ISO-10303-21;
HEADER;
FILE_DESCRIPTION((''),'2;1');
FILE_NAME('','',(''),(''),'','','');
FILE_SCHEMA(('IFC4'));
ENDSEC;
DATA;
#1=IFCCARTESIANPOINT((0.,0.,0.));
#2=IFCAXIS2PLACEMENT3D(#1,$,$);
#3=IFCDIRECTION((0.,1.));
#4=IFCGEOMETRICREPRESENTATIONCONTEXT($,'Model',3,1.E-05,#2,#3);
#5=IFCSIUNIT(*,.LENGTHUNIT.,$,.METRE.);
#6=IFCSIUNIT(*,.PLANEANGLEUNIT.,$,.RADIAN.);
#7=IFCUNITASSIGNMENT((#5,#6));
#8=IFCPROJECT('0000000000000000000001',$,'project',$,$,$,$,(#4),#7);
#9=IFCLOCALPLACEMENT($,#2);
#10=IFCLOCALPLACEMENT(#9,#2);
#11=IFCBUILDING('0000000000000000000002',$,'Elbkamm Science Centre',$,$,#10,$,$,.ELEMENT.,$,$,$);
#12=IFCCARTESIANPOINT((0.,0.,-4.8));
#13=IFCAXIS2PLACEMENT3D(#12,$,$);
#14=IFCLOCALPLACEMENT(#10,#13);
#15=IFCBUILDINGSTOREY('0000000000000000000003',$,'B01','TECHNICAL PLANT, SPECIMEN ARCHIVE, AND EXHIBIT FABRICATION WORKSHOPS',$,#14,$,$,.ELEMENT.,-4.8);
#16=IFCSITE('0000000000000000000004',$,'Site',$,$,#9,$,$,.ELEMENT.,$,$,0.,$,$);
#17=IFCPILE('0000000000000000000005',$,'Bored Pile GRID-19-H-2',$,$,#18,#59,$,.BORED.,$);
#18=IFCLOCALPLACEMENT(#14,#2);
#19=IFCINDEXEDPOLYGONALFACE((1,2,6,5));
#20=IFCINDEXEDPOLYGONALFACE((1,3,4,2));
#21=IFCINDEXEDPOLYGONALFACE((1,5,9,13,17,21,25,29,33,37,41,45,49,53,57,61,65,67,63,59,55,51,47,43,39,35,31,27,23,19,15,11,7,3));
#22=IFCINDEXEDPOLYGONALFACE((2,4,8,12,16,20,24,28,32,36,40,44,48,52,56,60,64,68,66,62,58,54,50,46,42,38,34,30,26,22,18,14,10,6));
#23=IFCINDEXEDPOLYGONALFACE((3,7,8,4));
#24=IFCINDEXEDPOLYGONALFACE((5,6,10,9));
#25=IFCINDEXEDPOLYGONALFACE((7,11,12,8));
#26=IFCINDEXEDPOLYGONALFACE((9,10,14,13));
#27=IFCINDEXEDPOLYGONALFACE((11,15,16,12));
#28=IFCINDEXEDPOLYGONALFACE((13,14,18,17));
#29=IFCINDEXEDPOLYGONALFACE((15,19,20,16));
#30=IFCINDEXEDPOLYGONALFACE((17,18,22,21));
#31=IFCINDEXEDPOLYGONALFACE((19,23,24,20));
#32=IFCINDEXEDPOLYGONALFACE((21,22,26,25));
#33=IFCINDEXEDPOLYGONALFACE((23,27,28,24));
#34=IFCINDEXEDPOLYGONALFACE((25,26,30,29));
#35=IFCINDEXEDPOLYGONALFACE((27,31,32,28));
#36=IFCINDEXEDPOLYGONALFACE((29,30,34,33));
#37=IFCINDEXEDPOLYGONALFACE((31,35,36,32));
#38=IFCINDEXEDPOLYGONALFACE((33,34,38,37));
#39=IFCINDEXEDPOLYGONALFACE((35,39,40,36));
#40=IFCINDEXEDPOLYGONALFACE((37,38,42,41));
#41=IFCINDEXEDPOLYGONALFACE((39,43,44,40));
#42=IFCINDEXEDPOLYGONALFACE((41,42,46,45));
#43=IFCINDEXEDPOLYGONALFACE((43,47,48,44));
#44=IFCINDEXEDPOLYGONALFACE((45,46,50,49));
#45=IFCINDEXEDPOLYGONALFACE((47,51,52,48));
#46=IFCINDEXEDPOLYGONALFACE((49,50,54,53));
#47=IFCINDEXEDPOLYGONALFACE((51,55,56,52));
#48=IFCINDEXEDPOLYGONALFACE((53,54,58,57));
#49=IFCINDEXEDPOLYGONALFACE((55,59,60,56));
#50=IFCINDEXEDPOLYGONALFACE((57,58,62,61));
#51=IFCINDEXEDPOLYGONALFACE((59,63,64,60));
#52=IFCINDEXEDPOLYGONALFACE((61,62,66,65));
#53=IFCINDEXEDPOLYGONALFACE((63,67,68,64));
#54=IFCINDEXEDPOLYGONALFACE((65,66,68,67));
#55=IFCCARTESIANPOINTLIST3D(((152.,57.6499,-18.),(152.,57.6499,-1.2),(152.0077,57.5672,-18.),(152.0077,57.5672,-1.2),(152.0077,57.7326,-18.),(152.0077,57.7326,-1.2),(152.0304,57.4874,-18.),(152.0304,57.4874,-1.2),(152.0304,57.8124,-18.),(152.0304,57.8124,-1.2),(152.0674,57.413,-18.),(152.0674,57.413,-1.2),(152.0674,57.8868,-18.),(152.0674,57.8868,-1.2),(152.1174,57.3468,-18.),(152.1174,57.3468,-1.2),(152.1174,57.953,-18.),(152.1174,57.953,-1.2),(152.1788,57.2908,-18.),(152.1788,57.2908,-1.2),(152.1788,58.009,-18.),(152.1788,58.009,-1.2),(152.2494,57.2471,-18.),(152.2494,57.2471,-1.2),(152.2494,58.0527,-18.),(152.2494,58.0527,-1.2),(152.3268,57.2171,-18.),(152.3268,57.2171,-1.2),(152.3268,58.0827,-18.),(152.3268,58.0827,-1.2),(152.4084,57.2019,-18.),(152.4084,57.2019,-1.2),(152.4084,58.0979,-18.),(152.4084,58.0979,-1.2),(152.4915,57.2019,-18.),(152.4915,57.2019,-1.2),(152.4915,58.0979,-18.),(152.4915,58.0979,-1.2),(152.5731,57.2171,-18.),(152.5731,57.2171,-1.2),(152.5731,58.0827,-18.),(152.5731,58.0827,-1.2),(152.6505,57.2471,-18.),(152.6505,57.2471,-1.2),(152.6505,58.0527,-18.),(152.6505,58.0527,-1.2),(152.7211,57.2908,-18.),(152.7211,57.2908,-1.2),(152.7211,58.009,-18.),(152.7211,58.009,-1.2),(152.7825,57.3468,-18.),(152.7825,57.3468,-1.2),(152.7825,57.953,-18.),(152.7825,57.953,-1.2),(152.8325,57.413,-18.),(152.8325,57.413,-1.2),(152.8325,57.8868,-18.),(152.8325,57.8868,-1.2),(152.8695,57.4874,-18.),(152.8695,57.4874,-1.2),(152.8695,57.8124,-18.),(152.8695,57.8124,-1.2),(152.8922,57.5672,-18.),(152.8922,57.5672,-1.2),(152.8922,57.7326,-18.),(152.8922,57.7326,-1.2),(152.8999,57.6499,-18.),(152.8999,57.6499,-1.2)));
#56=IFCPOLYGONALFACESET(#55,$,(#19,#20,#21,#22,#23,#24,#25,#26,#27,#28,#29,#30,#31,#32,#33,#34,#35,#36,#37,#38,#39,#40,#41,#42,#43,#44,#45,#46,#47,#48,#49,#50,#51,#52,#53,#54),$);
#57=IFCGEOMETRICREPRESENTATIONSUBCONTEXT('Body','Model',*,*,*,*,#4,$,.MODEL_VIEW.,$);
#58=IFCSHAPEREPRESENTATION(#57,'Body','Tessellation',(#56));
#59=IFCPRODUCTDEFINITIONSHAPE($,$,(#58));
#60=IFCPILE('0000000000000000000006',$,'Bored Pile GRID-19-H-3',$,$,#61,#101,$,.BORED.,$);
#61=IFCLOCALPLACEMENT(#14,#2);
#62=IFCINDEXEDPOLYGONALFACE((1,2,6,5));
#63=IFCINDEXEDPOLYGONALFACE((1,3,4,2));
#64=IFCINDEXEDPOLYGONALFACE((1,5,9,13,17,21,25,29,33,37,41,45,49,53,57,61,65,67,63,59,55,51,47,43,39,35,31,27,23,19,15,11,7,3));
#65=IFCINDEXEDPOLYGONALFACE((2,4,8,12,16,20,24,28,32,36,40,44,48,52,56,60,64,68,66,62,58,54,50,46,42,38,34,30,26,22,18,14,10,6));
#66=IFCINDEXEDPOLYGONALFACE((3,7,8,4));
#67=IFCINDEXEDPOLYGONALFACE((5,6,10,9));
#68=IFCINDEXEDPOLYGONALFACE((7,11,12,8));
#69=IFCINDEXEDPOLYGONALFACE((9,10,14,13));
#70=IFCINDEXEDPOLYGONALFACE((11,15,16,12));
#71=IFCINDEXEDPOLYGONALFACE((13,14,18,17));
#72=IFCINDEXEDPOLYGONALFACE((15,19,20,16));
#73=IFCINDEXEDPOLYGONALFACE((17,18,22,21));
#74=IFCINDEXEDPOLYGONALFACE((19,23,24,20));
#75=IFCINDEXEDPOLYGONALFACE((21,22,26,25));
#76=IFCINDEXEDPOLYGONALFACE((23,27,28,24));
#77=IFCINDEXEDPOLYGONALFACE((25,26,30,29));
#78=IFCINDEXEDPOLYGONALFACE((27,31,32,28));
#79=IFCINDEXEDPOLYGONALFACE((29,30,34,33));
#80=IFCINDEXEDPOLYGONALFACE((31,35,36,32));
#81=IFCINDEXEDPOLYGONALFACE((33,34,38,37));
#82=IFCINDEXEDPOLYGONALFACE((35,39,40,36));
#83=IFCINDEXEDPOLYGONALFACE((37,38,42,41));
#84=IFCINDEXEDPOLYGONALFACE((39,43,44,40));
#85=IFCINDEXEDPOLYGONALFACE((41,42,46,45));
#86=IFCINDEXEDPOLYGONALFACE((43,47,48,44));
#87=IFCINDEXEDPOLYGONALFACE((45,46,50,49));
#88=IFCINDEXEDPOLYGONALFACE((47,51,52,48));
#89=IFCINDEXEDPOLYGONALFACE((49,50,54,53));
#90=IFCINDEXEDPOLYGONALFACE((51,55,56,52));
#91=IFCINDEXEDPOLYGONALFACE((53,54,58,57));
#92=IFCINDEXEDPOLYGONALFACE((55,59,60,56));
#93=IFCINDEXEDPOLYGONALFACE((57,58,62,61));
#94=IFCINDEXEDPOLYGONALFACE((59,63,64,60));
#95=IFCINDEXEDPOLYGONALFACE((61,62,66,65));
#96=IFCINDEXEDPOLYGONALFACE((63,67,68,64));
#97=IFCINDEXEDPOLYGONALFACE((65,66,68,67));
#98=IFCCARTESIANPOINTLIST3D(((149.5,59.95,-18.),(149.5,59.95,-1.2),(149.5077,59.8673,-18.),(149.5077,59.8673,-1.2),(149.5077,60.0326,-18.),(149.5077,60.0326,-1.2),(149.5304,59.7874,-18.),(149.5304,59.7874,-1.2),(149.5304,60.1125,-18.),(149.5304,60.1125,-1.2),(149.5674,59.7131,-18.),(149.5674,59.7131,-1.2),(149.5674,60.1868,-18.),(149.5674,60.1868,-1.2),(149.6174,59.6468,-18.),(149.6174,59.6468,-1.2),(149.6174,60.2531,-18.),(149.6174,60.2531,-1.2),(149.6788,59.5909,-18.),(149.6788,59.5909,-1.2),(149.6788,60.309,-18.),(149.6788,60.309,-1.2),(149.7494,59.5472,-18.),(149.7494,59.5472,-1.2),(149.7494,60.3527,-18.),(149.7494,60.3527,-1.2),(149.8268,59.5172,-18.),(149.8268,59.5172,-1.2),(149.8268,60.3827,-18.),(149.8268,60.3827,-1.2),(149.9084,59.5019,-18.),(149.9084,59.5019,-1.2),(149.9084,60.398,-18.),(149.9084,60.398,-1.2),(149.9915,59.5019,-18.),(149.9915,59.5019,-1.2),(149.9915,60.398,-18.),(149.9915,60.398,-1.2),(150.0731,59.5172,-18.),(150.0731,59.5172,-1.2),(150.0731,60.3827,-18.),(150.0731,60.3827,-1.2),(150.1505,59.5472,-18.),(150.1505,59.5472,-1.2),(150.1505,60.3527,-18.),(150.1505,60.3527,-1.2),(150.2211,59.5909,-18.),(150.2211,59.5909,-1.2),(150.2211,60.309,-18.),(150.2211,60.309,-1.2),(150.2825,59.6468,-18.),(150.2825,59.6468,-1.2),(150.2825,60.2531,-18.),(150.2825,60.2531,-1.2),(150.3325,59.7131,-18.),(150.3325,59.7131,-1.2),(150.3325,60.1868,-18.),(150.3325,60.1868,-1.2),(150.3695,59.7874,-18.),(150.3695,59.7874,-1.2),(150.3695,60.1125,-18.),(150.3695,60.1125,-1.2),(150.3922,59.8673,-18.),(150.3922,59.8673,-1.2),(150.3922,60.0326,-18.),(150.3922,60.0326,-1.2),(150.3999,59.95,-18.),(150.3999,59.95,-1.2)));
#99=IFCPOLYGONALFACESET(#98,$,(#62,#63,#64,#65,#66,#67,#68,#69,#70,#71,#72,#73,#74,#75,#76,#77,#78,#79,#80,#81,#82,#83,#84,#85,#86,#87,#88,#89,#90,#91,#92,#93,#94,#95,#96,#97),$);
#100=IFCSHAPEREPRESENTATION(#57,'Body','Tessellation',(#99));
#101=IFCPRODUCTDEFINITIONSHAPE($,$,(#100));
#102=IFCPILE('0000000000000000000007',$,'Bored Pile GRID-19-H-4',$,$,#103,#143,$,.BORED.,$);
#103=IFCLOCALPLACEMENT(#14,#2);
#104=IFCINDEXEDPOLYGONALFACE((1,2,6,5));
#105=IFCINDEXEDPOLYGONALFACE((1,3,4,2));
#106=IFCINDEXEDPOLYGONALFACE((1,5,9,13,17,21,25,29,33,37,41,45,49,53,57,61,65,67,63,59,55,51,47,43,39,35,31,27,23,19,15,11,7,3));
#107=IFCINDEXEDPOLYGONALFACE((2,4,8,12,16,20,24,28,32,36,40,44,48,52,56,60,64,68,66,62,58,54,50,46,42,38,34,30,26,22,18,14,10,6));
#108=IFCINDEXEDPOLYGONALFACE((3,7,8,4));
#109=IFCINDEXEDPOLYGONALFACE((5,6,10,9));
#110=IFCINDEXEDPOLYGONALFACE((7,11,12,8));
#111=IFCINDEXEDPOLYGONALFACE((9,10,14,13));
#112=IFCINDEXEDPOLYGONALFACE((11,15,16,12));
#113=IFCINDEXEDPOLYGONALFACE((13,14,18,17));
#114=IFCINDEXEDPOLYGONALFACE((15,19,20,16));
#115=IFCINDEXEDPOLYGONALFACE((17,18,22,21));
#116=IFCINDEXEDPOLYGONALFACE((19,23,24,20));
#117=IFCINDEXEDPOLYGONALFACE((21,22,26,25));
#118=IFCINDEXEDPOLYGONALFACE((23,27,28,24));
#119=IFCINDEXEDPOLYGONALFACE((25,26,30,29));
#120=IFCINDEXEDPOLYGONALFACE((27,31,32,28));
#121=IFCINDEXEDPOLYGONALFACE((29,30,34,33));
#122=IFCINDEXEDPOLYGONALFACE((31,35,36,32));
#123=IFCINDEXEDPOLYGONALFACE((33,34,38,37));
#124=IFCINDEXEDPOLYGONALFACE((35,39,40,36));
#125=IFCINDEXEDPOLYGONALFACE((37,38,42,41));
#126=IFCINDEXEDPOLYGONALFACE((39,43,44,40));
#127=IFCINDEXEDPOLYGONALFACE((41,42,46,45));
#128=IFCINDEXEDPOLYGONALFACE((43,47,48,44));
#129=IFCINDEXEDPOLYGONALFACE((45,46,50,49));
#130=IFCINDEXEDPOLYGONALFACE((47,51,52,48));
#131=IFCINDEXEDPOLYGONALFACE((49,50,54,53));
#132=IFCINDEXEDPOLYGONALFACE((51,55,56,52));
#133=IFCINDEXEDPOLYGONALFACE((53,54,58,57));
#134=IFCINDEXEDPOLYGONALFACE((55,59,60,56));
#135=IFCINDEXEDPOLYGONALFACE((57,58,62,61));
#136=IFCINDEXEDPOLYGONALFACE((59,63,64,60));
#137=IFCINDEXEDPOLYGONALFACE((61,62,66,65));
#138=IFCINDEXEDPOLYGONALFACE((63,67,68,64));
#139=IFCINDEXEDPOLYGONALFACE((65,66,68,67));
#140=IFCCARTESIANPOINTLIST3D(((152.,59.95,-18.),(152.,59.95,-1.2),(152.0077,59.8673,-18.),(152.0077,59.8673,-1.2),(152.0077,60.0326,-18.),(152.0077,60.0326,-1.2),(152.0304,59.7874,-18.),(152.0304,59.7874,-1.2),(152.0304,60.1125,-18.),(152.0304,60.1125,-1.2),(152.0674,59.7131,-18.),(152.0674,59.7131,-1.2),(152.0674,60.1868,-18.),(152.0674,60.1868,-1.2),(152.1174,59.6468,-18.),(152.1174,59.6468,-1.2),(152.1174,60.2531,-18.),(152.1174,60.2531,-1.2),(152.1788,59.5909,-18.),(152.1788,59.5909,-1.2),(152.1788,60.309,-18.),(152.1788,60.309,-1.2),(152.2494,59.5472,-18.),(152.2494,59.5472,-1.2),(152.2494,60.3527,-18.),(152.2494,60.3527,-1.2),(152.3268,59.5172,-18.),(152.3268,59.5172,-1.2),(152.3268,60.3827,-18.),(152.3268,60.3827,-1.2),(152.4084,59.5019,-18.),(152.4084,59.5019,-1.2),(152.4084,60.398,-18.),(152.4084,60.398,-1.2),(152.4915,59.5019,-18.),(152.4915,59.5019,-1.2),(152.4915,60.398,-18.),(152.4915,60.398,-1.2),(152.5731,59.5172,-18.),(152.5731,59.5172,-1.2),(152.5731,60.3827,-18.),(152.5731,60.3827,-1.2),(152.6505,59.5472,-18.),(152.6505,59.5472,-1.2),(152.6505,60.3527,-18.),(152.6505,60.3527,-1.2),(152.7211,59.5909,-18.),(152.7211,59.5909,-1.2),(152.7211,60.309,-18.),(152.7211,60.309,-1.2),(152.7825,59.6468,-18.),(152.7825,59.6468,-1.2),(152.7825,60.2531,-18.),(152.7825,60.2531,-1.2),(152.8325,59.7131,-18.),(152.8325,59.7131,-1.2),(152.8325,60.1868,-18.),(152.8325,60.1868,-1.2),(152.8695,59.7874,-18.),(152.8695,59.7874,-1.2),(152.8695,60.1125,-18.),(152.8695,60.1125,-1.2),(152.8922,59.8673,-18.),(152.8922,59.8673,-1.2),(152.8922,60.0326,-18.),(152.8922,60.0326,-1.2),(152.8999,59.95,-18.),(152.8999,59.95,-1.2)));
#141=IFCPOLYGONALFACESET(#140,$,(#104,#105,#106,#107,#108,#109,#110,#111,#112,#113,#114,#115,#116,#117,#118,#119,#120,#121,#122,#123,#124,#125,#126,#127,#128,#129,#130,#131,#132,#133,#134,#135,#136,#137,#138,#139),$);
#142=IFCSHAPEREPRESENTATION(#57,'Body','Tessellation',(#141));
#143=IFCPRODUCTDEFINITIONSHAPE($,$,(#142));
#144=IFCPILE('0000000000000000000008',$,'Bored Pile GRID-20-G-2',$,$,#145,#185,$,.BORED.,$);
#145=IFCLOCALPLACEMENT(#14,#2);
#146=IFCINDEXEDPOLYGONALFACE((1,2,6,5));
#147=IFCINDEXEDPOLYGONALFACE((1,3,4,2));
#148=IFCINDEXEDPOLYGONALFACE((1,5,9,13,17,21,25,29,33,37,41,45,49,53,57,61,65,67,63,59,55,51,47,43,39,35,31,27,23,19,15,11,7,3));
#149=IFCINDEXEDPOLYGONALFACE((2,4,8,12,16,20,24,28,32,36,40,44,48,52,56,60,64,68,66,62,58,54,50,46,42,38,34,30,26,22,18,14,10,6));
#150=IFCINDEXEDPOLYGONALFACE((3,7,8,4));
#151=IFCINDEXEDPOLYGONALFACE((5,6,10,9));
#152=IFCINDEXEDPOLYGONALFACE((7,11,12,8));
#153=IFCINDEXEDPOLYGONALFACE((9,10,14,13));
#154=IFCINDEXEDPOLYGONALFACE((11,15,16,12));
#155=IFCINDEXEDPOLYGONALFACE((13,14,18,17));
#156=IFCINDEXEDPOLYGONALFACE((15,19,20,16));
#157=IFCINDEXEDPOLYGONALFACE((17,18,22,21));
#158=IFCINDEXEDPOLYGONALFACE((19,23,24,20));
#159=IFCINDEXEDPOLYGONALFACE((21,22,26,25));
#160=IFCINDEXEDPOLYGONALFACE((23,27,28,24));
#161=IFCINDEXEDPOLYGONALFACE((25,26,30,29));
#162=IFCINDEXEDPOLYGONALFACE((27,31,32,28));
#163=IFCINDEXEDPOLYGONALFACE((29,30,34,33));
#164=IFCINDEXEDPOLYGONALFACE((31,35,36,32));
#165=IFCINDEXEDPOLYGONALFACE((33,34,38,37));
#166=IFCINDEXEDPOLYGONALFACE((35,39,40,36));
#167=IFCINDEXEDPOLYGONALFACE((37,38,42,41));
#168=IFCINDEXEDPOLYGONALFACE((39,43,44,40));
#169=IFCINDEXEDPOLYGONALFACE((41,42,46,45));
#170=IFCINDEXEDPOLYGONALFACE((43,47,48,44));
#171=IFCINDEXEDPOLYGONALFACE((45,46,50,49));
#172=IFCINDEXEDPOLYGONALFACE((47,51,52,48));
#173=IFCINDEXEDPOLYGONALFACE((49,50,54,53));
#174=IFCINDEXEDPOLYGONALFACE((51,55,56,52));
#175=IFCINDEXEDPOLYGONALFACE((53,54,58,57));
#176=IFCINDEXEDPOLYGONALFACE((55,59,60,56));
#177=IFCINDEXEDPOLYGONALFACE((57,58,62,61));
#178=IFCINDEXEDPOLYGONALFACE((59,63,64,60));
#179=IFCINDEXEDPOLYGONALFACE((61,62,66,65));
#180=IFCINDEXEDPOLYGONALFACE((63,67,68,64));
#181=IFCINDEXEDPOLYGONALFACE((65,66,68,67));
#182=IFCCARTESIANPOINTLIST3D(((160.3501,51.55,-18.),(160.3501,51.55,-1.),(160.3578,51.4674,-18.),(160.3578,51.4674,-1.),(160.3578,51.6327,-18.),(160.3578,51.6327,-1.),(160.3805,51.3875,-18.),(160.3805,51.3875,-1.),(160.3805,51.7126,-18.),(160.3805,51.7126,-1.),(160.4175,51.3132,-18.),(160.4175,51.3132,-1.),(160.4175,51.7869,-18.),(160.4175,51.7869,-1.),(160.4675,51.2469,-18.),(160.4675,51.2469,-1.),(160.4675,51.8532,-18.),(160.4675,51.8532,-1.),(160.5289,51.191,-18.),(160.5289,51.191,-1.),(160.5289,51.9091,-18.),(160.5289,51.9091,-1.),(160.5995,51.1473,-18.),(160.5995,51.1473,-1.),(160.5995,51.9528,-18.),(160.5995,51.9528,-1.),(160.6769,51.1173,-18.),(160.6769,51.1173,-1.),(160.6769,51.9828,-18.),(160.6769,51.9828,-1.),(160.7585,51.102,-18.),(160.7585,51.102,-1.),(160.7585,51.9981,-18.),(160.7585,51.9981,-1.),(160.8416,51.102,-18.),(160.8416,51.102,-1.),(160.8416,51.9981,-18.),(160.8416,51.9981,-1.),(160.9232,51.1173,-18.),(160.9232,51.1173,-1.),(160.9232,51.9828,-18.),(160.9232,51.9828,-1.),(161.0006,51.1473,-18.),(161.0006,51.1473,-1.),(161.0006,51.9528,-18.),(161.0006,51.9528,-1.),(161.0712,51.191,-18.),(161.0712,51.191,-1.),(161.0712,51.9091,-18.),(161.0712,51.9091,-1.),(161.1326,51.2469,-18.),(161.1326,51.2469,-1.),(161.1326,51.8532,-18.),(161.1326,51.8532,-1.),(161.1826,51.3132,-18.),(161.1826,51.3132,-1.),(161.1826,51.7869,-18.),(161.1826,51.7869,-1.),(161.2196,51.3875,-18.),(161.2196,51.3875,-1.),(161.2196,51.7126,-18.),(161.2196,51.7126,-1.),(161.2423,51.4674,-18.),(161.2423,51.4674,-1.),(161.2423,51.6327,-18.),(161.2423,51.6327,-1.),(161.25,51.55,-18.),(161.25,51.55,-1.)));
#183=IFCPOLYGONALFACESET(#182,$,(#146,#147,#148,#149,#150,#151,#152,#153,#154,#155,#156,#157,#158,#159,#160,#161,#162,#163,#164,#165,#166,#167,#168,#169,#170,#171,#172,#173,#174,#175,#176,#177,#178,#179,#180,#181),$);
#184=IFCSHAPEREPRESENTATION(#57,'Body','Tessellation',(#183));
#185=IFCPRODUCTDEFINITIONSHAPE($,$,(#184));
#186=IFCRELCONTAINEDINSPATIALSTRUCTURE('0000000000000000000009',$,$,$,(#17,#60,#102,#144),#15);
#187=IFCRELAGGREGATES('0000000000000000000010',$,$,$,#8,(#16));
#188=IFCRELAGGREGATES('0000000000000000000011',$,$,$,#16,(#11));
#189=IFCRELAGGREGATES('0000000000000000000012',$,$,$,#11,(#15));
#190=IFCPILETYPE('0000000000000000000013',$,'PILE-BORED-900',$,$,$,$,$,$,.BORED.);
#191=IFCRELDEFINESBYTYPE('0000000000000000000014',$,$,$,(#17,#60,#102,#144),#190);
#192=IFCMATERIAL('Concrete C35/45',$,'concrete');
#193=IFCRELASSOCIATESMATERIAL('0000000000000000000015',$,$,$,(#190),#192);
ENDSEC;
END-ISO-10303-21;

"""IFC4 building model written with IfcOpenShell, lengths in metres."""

from ifc_helpers import new_model, si_unit, direction, frame, origin, origin_2d, place, context, subcontext, project, spatial, circle, extrude, material, material_profile, profile_set, type_object, element, save


model = new_model("IFC4")

# Units and contexts
model_context = context("Model", 3, precision=1e-05, world=origin(), true_north=direction((0.0, 1.0)))
body_context = subcontext(model_context, "Body", "Model", "MODEL_VIEW")
ifc_project = project(units=[si_unit("LENGTHUNIT", "METRE"), si_unit("PLANEANGLEUNIT", "RADIAN")], contexts=[model_context])

# Site, building, storey
site_placement = place(None, origin())
site = spatial("IfcSite", under=ifc_project, at=site_placement, Name="Site", CompositionType="ELEMENT", RefElevation=0.0)
building_placement = place(site_placement, origin())
building = spatial("IfcBuilding", under=site, at=building_placement, Name="Elbkamm Science Centre", CompositionType="ELEMENT")
storey_placement = place(building_placement, frame((0.0, 0.0, -4.8)))
storey = spatial("IfcBuildingStorey", under=building, at=storey_placement, Name="B01", Description="TECHNICAL PLANT, SPECIMEN ARCHIVE, AND EXHIBIT FABRICATION WORKSHOPS", CompositionType="ELEMENT", Elevation=-4.8)

# Shared definitions
ifc_material_1 = material(Name="Concrete C35/45", Category="concrete")

# Piles
ifc_material_profile_1 = material_profile(ifc_material_1, circle(Radius=0.45, at=origin_2d()), Name="PILE D900")
ifc_profile_set_1 = profile_set([ifc_material_profile_1], Name="Concrete C35/45")
pile_type_1 = type_object("IfcPileType", Name="PILE-BORED-900", PredefinedType="BORED", material=ifc_profile_set_1)
for number, where, z_axis, x_axis, name in (
    (1, (152.45, 57.6499, -1.2), (0.0, 0.0, -1.0), (1.0, 0.0, 0.0), "Bored Pile GRID-19-H-2"),
    (2, (149.95, 59.95, -1.2), (0.0, 0.0, -1.0), (1.0, 0.0, 0.0), "Bored Pile GRID-19-H-3"),
    (3, (152.45, 59.95, -1.2), (0.0, 0.0, -1.0), (1.0, 0.0, 0.0), "Bored Pile GRID-19-H-4"),
):
    element("IfcPile", number, at=place(storey_placement, frame(where, z_axis=z_axis, x_axis=x_axis)), inside=storey, type_object=pile_type_1, Name=name, PredefinedType="BORED", context=body_context, shape_type="SweptSolid", body=[
        extrude(circle(Radius=0.45, at=origin_2d()), origin(), (0.0, 0.0, 1.0), 16.8),
    ])
pile_1_placement = place(storey_placement, frame((160.8, 51.55, -1.0), z_axis=(0.0, 0.0, -1.0), x_axis=(1.0, 0.0, 0.0)))
element("IfcPile", 4, at=pile_1_placement, inside=storey, type_object=pile_type_1, Name="Bored Pile GRID-20-G-2", PredefinedType="BORED", context=body_context, shape_type="SweptSolid", body=[
    extrude(circle(Radius=0.45, at=origin_2d()), origin(), (0.0, 0.0, 1.0), 17.0),
])

save(model, "model.ifc")
